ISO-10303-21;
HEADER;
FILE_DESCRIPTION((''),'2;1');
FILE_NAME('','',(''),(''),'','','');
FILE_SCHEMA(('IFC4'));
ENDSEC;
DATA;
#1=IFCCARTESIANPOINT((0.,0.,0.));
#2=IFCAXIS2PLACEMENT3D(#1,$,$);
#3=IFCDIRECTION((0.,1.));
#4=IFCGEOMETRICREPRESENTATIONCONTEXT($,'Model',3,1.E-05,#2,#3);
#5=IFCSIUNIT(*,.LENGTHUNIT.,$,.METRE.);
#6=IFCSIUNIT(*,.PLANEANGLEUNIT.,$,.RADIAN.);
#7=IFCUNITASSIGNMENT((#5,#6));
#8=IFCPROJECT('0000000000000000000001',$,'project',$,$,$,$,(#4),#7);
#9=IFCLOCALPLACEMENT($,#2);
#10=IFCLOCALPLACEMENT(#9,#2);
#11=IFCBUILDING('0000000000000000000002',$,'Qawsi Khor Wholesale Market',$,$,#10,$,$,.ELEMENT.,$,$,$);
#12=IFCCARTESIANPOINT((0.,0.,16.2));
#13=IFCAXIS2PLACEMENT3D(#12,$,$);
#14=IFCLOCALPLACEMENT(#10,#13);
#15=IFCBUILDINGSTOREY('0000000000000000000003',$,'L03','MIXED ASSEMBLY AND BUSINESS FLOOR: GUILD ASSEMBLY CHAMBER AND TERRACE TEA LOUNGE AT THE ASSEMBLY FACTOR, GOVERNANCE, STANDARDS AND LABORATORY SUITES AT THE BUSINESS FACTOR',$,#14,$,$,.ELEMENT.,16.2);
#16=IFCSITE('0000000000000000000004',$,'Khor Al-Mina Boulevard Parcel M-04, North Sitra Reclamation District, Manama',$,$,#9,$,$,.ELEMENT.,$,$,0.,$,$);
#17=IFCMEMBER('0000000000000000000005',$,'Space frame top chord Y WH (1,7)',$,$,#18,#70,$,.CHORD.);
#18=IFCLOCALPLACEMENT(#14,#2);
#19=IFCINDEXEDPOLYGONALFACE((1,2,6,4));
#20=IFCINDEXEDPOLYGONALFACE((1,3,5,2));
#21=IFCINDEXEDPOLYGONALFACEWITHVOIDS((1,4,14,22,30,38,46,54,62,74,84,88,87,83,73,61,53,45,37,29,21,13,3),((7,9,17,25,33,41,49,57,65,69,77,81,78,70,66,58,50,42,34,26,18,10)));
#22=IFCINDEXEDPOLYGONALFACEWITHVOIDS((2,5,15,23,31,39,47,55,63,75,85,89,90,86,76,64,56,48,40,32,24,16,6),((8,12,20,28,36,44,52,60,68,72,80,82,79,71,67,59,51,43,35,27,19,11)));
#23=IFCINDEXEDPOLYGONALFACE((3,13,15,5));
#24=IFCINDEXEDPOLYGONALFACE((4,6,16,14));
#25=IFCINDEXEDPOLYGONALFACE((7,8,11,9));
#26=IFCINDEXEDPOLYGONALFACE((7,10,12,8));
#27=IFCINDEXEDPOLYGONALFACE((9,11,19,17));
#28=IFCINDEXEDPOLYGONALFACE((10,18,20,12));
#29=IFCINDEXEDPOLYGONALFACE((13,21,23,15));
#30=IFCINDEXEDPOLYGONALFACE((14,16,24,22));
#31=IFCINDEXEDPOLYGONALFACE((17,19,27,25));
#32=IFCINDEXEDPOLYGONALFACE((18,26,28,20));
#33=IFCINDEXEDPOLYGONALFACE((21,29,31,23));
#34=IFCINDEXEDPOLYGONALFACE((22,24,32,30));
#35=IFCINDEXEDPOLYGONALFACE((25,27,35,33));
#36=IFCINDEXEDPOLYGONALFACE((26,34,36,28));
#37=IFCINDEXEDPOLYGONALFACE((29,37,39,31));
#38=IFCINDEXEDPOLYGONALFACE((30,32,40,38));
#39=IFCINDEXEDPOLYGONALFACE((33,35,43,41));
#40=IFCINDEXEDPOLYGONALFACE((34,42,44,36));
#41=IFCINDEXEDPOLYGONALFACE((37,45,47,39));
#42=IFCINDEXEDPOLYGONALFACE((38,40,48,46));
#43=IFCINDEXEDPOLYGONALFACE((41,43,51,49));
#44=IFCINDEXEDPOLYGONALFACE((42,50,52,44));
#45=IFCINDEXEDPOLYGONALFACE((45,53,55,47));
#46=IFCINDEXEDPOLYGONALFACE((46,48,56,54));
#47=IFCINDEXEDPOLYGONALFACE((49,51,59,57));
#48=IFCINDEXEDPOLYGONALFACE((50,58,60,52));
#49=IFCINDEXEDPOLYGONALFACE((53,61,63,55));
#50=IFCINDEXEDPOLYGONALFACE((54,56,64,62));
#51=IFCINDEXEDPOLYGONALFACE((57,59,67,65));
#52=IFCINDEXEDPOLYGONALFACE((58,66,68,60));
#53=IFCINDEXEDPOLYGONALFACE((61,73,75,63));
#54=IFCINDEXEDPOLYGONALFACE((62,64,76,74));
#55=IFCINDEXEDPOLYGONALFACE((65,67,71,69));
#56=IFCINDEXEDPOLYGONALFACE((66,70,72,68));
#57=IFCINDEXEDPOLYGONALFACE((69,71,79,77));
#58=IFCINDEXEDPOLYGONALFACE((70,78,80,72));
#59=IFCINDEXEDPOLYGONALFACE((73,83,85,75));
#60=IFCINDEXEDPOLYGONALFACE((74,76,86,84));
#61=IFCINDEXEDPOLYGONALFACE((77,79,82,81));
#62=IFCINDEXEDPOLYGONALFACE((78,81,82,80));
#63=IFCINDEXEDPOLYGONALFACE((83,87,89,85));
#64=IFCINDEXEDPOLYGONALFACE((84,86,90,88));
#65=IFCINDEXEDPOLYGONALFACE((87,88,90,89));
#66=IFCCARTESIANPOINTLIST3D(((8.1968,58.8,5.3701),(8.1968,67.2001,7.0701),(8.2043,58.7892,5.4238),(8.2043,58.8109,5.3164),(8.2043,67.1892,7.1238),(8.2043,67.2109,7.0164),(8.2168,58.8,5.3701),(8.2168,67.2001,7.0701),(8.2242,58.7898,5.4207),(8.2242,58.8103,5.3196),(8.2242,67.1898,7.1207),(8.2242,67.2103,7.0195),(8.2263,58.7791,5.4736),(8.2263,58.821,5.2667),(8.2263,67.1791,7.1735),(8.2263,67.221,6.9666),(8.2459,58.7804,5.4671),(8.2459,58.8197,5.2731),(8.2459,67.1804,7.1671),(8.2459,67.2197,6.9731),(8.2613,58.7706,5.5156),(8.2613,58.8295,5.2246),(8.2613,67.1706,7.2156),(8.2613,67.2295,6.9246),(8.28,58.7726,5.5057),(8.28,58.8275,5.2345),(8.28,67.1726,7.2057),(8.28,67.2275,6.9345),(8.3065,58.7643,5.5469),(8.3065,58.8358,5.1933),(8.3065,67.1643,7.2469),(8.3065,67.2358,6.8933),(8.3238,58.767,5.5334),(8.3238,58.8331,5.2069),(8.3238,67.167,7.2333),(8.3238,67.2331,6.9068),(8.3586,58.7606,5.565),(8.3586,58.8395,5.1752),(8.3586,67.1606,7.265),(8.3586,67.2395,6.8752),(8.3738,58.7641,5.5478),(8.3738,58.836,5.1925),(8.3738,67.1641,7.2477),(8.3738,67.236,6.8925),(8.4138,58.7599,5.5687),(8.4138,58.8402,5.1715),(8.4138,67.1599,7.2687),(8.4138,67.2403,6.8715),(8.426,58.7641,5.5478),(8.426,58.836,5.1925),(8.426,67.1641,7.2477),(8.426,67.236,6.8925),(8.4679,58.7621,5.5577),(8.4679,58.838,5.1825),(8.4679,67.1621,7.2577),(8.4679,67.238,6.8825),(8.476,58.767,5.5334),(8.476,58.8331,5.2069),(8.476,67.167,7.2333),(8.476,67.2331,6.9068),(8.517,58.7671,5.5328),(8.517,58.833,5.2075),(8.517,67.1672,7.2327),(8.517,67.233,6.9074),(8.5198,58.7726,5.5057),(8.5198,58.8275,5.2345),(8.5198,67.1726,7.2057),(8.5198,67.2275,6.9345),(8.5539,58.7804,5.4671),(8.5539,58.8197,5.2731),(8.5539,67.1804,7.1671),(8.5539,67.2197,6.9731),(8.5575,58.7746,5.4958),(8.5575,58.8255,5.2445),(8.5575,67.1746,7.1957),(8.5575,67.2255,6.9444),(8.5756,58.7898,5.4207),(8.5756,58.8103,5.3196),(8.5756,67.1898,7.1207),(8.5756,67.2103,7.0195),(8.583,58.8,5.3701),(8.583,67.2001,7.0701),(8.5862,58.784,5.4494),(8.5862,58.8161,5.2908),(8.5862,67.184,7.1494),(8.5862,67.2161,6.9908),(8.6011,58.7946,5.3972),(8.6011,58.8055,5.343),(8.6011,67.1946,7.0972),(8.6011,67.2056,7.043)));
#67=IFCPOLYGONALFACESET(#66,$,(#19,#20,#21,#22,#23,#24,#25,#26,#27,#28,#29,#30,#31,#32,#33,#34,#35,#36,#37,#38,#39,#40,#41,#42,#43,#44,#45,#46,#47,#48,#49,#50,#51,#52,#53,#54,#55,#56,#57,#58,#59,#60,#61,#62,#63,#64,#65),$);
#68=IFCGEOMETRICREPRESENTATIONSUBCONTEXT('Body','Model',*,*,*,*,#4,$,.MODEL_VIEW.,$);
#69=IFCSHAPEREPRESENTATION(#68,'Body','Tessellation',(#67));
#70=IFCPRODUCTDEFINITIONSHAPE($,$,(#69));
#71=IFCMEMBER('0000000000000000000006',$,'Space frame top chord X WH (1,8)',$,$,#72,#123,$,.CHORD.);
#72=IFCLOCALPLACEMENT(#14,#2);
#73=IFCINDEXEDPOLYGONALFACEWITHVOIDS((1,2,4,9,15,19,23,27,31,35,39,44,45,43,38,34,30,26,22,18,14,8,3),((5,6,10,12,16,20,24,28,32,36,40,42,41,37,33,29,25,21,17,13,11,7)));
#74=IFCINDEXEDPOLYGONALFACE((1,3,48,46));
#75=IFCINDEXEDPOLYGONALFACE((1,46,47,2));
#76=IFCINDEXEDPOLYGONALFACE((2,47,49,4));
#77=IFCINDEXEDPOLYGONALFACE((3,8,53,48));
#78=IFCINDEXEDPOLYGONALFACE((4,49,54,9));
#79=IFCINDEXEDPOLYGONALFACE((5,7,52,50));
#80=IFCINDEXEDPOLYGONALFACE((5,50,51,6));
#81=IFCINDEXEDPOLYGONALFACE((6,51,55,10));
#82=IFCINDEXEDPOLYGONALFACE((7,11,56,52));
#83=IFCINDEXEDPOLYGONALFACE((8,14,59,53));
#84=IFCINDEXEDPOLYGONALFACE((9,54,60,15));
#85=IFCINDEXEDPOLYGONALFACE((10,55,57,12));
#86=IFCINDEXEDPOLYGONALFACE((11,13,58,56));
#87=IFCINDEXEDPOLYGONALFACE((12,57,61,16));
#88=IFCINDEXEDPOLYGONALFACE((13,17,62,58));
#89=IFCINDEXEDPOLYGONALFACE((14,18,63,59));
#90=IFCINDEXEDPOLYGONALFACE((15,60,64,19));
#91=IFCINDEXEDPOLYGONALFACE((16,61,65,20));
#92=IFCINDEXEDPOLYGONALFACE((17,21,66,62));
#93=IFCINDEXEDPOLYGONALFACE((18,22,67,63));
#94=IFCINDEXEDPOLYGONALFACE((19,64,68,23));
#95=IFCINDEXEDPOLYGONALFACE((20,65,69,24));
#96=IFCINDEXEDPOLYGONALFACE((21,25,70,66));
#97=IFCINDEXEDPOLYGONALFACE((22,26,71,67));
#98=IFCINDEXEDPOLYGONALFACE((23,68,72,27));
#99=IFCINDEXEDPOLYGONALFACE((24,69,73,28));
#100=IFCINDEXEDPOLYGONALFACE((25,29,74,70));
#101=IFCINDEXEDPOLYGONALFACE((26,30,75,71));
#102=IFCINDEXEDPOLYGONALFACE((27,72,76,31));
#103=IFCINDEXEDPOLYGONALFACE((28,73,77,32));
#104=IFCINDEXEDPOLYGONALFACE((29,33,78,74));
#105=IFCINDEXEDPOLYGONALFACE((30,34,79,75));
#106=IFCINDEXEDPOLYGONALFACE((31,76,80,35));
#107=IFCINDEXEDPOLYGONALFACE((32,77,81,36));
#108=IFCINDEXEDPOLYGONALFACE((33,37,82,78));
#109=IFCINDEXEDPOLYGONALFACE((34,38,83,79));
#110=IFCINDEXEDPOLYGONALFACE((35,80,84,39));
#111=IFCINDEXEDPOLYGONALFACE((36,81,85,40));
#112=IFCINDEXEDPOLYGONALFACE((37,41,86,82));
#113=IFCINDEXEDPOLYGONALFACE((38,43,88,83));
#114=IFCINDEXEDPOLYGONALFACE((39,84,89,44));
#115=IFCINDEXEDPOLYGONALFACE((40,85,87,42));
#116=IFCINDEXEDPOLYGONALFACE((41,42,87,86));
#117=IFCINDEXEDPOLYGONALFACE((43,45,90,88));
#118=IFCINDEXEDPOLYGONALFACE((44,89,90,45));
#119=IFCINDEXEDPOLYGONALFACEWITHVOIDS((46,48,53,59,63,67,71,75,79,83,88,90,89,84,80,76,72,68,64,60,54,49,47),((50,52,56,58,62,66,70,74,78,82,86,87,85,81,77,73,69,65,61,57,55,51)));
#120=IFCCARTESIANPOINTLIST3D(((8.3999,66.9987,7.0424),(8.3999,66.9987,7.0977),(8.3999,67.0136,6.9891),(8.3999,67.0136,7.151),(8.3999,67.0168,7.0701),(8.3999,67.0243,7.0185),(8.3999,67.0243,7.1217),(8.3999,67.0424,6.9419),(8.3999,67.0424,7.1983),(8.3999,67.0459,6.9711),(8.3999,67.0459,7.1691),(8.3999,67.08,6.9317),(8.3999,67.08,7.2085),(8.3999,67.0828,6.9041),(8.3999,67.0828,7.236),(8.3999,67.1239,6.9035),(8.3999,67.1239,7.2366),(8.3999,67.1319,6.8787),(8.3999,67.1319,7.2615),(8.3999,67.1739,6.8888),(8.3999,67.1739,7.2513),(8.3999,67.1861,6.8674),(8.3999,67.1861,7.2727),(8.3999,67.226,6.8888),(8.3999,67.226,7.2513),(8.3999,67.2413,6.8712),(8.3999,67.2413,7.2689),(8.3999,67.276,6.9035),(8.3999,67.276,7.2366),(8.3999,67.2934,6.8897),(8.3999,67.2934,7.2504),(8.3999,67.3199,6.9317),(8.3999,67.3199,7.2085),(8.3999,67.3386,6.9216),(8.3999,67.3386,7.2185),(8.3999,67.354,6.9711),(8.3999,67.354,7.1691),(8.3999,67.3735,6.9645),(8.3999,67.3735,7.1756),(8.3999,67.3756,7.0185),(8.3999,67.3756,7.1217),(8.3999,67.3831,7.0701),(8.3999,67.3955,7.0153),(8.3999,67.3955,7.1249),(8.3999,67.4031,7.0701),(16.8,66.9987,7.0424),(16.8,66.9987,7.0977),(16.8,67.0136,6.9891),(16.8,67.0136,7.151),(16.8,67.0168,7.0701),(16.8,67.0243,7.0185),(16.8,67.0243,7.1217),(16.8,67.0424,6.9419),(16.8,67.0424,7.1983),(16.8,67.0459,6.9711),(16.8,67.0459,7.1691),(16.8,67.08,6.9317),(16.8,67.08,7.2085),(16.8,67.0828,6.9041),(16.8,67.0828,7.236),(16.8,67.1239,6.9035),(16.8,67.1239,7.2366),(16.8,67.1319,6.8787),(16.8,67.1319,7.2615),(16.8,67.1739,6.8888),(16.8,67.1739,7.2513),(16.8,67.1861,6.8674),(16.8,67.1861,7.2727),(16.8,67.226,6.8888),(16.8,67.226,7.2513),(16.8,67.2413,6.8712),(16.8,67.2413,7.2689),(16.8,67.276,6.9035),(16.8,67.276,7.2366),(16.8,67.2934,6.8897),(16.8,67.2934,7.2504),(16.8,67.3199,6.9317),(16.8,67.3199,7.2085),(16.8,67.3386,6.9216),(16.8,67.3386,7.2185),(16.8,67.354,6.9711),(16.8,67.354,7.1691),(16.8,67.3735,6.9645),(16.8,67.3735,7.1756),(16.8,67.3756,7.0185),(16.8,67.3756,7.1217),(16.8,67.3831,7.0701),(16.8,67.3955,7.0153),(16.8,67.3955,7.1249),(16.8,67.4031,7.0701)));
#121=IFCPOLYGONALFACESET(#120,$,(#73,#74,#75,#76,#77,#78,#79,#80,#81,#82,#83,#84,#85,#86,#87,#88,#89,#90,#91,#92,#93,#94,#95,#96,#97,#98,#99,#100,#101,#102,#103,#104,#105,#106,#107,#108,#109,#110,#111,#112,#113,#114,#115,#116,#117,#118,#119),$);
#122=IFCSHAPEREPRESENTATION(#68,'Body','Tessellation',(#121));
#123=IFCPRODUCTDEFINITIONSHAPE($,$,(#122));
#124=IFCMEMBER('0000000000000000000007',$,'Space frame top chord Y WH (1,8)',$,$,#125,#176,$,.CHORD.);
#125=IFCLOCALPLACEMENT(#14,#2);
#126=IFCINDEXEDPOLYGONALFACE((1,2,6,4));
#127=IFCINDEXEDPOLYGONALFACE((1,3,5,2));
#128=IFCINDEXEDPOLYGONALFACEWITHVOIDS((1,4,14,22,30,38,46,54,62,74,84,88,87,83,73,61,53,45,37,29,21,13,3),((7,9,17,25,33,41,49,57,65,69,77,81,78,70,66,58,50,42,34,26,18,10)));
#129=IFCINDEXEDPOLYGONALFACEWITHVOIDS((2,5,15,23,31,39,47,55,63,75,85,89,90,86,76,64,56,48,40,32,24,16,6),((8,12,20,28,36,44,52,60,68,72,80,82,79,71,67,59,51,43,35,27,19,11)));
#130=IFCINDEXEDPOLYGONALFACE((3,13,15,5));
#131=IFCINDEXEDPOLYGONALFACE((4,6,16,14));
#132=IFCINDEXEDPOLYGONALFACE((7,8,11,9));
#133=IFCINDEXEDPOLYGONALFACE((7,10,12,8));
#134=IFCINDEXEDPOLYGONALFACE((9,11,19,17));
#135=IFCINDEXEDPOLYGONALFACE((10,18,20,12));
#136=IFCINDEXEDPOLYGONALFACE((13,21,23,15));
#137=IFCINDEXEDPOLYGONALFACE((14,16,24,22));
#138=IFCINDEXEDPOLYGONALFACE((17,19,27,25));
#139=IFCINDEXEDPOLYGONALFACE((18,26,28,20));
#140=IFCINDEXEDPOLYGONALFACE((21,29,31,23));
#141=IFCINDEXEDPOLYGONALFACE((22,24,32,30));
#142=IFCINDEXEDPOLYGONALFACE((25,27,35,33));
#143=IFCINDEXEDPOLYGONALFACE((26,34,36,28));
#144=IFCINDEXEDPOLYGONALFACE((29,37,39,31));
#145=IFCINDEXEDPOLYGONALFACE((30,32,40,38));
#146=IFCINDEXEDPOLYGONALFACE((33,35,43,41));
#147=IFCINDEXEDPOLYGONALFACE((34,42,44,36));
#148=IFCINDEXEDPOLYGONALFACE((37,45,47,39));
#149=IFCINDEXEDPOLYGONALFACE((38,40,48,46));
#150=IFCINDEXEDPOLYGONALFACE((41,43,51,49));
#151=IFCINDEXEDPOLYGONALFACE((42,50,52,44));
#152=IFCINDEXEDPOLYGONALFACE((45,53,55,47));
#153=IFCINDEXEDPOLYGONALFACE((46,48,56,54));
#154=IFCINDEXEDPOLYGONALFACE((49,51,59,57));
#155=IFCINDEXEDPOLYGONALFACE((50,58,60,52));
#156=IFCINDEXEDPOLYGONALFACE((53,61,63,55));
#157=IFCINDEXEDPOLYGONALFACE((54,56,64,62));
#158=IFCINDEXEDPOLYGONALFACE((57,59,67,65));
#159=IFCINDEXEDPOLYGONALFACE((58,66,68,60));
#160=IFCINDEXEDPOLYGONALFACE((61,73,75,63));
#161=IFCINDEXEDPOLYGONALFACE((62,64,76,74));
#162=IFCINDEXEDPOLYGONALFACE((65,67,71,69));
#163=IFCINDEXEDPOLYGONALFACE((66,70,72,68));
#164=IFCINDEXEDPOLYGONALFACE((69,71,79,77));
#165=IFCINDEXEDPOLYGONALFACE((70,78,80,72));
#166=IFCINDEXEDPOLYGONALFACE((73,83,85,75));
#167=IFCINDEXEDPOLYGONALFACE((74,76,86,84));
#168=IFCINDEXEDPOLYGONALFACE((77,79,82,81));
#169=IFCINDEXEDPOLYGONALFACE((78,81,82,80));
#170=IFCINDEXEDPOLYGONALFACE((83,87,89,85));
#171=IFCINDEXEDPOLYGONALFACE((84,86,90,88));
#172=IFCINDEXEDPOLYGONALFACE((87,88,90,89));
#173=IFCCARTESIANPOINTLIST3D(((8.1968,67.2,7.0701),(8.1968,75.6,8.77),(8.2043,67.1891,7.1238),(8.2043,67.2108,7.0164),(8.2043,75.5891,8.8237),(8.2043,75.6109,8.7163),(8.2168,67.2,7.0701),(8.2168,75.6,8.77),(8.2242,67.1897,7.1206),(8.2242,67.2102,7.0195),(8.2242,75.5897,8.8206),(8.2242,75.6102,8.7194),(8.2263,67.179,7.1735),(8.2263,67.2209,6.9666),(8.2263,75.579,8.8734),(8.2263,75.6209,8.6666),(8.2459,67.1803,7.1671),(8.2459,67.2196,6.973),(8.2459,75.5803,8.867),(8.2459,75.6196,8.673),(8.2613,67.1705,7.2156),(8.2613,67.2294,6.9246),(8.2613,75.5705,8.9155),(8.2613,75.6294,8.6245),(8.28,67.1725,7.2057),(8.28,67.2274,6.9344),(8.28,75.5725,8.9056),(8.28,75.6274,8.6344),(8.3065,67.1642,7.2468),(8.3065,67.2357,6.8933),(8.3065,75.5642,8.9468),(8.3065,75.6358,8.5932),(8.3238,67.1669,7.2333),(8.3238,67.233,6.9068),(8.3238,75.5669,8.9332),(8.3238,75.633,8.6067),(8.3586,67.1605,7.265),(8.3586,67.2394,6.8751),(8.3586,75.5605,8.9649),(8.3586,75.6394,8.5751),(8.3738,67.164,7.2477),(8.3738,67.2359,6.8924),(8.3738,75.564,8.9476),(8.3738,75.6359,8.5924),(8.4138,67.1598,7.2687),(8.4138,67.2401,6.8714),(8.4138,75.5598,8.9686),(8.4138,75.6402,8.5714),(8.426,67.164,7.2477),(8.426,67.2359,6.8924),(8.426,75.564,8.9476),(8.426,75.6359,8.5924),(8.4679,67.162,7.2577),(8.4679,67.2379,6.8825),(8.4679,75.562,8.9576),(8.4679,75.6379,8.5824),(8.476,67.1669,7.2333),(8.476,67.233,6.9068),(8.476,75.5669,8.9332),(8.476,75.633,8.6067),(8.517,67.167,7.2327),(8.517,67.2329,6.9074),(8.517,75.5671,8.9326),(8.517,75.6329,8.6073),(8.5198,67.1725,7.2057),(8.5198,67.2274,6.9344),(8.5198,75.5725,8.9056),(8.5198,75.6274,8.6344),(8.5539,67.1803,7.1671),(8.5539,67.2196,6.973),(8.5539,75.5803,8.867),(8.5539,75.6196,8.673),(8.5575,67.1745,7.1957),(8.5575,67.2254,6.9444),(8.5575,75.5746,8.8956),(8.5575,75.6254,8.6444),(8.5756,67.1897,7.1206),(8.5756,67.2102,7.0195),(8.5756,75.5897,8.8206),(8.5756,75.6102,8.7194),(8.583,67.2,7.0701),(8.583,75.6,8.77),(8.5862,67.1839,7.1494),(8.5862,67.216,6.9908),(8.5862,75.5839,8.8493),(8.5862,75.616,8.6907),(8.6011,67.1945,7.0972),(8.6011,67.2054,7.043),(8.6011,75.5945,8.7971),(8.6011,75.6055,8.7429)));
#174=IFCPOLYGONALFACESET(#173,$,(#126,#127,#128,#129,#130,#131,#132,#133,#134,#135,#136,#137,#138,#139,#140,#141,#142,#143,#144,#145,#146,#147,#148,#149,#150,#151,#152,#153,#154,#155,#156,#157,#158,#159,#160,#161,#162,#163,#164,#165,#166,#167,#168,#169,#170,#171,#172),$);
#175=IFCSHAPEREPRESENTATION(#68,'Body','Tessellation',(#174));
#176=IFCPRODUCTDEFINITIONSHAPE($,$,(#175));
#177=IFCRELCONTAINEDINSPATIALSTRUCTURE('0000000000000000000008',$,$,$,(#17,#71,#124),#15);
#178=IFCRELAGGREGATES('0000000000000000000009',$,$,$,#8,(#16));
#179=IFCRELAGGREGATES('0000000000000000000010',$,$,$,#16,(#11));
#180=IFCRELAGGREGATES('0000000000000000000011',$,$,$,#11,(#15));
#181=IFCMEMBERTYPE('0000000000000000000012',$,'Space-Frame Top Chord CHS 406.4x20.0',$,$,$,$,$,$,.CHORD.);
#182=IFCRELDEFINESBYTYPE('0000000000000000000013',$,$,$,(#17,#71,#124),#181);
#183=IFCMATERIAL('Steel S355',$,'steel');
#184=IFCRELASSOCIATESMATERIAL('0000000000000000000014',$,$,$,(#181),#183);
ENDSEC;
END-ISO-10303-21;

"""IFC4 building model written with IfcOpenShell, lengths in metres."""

from ifc_helpers import new_model, si_unit, direction, frame, origin, origin_2d, place, context, subcontext, project, spatial, hollow_circle, extrude, material, material_profile, profile_set, type_object, element, save


model = new_model("IFC4")

# Units and contexts
model_context = context("Model", 3, precision=1e-05, world=origin(), true_north=direction((0.0, 1.0)))
body_context = subcontext(model_context, "Body", "Model", "MODEL_VIEW")
ifc_project = project(units=[si_unit("LENGTHUNIT", "METRE"), si_unit("PLANEANGLEUNIT", "RADIAN")], contexts=[model_context])

# Site, building, storey
site_placement = place(None, origin())
site = spatial("IfcSite", under=ifc_project, at=site_placement, Name="Khor Al-Mina Boulevard Parcel M-04, North Sitra Reclamation District, Manama", CompositionType="ELEMENT", RefElevation=0.0)
building_placement = place(site_placement, origin())
building = spatial("IfcBuilding", under=site, at=building_placement, Name="Qawsi Khor Wholesale Market", CompositionType="ELEMENT")
storey_placement = place(building_placement, frame((0.0, 0.0, 16.2)))
storey = spatial("IfcBuildingStorey", under=building, at=storey_placement, Name="L03", Description="MIXED ASSEMBLY AND BUSINESS FLOOR: GUILD ASSEMBLY CHAMBER AND TERRACE TEA LOUNGE AT THE ASSEMBLY FACTOR, GOVERNANCE, STANDARDS AND LABORATORY SUITES AT THE BUSINESS FACTOR", CompositionType="ELEMENT", Elevation=16.2)

# Members
ifc_material_1 = material(Name="Steel S355", Category="steel")
ifc_material_profile_1 = material_profile(ifc_material_1, hollow_circle(Radius=0.2031, WallThickness=0.02, at=origin_2d()), Name="CHS 406.4x20.0")
ifc_profile_set_1 = profile_set([ifc_material_profile_1], Name="Steel S355")
member_type_1 = type_object("IfcMemberType", Name="Space-Frame Top Chord CHS 406.4x20.0", PredefinedType="CHORD", material=ifc_profile_set_1)
member_1_placement = place(storey_placement, frame((8.3999, 58.8, 5.3701), z_axis=(0.0, 0.98013, 0.198356), x_axis=(-1.0, 0.0, 0.0)))
element("IfcMember", 1, at=member_1_placement, inside=storey, type_object=member_type_1, Name="Space frame top chord Y WH (1,7)", PredefinedType="CHORD", context=body_context, shape_type="SweptSolid", body=[
    extrude(hollow_circle(Radius=0.2031, WallThickness=0.02, at=origin_2d()), origin(), (0.0, 0.0, 1.0), 8.5703),
])
member_2_placement = place(storey_placement, frame((8.3999, 67.2, 7.0701), z_axis=(1.0, 0.0, 0.0), x_axis=(0.0, 1.0, 0.0)))
element("IfcMember", 2, at=member_2_placement, inside=storey, type_object=member_type_1, Name="Space frame top chord X WH (1,8)", PredefinedType="CHORD", context=body_context, shape_type="SweptSolid", body=[
    extrude(hollow_circle(Radius=0.2031, WallThickness=0.02, at=origin_2d()), origin(), (0.0, 0.0, 1.0), 8.4001),
])
member_3_placement = place(storey_placement, frame((8.3999, 67.2, 7.0701), z_axis=(0.0, 0.980131, 0.198351), x_axis=(-1.0, 0.0, 0.0)))
element("IfcMember", 3, at=member_3_placement, inside=storey, type_object=member_type_1, Name="Space frame top chord Y WH (1,8)", PredefinedType="CHORD", context=body_context, shape_type="SweptSolid", body=[
    extrude(hollow_circle(Radius=0.2031, WallThickness=0.02, at=origin_2d()), origin(), (0.0, 0.0, 1.0), 8.5703),
])

save(model, "model.ifc")
